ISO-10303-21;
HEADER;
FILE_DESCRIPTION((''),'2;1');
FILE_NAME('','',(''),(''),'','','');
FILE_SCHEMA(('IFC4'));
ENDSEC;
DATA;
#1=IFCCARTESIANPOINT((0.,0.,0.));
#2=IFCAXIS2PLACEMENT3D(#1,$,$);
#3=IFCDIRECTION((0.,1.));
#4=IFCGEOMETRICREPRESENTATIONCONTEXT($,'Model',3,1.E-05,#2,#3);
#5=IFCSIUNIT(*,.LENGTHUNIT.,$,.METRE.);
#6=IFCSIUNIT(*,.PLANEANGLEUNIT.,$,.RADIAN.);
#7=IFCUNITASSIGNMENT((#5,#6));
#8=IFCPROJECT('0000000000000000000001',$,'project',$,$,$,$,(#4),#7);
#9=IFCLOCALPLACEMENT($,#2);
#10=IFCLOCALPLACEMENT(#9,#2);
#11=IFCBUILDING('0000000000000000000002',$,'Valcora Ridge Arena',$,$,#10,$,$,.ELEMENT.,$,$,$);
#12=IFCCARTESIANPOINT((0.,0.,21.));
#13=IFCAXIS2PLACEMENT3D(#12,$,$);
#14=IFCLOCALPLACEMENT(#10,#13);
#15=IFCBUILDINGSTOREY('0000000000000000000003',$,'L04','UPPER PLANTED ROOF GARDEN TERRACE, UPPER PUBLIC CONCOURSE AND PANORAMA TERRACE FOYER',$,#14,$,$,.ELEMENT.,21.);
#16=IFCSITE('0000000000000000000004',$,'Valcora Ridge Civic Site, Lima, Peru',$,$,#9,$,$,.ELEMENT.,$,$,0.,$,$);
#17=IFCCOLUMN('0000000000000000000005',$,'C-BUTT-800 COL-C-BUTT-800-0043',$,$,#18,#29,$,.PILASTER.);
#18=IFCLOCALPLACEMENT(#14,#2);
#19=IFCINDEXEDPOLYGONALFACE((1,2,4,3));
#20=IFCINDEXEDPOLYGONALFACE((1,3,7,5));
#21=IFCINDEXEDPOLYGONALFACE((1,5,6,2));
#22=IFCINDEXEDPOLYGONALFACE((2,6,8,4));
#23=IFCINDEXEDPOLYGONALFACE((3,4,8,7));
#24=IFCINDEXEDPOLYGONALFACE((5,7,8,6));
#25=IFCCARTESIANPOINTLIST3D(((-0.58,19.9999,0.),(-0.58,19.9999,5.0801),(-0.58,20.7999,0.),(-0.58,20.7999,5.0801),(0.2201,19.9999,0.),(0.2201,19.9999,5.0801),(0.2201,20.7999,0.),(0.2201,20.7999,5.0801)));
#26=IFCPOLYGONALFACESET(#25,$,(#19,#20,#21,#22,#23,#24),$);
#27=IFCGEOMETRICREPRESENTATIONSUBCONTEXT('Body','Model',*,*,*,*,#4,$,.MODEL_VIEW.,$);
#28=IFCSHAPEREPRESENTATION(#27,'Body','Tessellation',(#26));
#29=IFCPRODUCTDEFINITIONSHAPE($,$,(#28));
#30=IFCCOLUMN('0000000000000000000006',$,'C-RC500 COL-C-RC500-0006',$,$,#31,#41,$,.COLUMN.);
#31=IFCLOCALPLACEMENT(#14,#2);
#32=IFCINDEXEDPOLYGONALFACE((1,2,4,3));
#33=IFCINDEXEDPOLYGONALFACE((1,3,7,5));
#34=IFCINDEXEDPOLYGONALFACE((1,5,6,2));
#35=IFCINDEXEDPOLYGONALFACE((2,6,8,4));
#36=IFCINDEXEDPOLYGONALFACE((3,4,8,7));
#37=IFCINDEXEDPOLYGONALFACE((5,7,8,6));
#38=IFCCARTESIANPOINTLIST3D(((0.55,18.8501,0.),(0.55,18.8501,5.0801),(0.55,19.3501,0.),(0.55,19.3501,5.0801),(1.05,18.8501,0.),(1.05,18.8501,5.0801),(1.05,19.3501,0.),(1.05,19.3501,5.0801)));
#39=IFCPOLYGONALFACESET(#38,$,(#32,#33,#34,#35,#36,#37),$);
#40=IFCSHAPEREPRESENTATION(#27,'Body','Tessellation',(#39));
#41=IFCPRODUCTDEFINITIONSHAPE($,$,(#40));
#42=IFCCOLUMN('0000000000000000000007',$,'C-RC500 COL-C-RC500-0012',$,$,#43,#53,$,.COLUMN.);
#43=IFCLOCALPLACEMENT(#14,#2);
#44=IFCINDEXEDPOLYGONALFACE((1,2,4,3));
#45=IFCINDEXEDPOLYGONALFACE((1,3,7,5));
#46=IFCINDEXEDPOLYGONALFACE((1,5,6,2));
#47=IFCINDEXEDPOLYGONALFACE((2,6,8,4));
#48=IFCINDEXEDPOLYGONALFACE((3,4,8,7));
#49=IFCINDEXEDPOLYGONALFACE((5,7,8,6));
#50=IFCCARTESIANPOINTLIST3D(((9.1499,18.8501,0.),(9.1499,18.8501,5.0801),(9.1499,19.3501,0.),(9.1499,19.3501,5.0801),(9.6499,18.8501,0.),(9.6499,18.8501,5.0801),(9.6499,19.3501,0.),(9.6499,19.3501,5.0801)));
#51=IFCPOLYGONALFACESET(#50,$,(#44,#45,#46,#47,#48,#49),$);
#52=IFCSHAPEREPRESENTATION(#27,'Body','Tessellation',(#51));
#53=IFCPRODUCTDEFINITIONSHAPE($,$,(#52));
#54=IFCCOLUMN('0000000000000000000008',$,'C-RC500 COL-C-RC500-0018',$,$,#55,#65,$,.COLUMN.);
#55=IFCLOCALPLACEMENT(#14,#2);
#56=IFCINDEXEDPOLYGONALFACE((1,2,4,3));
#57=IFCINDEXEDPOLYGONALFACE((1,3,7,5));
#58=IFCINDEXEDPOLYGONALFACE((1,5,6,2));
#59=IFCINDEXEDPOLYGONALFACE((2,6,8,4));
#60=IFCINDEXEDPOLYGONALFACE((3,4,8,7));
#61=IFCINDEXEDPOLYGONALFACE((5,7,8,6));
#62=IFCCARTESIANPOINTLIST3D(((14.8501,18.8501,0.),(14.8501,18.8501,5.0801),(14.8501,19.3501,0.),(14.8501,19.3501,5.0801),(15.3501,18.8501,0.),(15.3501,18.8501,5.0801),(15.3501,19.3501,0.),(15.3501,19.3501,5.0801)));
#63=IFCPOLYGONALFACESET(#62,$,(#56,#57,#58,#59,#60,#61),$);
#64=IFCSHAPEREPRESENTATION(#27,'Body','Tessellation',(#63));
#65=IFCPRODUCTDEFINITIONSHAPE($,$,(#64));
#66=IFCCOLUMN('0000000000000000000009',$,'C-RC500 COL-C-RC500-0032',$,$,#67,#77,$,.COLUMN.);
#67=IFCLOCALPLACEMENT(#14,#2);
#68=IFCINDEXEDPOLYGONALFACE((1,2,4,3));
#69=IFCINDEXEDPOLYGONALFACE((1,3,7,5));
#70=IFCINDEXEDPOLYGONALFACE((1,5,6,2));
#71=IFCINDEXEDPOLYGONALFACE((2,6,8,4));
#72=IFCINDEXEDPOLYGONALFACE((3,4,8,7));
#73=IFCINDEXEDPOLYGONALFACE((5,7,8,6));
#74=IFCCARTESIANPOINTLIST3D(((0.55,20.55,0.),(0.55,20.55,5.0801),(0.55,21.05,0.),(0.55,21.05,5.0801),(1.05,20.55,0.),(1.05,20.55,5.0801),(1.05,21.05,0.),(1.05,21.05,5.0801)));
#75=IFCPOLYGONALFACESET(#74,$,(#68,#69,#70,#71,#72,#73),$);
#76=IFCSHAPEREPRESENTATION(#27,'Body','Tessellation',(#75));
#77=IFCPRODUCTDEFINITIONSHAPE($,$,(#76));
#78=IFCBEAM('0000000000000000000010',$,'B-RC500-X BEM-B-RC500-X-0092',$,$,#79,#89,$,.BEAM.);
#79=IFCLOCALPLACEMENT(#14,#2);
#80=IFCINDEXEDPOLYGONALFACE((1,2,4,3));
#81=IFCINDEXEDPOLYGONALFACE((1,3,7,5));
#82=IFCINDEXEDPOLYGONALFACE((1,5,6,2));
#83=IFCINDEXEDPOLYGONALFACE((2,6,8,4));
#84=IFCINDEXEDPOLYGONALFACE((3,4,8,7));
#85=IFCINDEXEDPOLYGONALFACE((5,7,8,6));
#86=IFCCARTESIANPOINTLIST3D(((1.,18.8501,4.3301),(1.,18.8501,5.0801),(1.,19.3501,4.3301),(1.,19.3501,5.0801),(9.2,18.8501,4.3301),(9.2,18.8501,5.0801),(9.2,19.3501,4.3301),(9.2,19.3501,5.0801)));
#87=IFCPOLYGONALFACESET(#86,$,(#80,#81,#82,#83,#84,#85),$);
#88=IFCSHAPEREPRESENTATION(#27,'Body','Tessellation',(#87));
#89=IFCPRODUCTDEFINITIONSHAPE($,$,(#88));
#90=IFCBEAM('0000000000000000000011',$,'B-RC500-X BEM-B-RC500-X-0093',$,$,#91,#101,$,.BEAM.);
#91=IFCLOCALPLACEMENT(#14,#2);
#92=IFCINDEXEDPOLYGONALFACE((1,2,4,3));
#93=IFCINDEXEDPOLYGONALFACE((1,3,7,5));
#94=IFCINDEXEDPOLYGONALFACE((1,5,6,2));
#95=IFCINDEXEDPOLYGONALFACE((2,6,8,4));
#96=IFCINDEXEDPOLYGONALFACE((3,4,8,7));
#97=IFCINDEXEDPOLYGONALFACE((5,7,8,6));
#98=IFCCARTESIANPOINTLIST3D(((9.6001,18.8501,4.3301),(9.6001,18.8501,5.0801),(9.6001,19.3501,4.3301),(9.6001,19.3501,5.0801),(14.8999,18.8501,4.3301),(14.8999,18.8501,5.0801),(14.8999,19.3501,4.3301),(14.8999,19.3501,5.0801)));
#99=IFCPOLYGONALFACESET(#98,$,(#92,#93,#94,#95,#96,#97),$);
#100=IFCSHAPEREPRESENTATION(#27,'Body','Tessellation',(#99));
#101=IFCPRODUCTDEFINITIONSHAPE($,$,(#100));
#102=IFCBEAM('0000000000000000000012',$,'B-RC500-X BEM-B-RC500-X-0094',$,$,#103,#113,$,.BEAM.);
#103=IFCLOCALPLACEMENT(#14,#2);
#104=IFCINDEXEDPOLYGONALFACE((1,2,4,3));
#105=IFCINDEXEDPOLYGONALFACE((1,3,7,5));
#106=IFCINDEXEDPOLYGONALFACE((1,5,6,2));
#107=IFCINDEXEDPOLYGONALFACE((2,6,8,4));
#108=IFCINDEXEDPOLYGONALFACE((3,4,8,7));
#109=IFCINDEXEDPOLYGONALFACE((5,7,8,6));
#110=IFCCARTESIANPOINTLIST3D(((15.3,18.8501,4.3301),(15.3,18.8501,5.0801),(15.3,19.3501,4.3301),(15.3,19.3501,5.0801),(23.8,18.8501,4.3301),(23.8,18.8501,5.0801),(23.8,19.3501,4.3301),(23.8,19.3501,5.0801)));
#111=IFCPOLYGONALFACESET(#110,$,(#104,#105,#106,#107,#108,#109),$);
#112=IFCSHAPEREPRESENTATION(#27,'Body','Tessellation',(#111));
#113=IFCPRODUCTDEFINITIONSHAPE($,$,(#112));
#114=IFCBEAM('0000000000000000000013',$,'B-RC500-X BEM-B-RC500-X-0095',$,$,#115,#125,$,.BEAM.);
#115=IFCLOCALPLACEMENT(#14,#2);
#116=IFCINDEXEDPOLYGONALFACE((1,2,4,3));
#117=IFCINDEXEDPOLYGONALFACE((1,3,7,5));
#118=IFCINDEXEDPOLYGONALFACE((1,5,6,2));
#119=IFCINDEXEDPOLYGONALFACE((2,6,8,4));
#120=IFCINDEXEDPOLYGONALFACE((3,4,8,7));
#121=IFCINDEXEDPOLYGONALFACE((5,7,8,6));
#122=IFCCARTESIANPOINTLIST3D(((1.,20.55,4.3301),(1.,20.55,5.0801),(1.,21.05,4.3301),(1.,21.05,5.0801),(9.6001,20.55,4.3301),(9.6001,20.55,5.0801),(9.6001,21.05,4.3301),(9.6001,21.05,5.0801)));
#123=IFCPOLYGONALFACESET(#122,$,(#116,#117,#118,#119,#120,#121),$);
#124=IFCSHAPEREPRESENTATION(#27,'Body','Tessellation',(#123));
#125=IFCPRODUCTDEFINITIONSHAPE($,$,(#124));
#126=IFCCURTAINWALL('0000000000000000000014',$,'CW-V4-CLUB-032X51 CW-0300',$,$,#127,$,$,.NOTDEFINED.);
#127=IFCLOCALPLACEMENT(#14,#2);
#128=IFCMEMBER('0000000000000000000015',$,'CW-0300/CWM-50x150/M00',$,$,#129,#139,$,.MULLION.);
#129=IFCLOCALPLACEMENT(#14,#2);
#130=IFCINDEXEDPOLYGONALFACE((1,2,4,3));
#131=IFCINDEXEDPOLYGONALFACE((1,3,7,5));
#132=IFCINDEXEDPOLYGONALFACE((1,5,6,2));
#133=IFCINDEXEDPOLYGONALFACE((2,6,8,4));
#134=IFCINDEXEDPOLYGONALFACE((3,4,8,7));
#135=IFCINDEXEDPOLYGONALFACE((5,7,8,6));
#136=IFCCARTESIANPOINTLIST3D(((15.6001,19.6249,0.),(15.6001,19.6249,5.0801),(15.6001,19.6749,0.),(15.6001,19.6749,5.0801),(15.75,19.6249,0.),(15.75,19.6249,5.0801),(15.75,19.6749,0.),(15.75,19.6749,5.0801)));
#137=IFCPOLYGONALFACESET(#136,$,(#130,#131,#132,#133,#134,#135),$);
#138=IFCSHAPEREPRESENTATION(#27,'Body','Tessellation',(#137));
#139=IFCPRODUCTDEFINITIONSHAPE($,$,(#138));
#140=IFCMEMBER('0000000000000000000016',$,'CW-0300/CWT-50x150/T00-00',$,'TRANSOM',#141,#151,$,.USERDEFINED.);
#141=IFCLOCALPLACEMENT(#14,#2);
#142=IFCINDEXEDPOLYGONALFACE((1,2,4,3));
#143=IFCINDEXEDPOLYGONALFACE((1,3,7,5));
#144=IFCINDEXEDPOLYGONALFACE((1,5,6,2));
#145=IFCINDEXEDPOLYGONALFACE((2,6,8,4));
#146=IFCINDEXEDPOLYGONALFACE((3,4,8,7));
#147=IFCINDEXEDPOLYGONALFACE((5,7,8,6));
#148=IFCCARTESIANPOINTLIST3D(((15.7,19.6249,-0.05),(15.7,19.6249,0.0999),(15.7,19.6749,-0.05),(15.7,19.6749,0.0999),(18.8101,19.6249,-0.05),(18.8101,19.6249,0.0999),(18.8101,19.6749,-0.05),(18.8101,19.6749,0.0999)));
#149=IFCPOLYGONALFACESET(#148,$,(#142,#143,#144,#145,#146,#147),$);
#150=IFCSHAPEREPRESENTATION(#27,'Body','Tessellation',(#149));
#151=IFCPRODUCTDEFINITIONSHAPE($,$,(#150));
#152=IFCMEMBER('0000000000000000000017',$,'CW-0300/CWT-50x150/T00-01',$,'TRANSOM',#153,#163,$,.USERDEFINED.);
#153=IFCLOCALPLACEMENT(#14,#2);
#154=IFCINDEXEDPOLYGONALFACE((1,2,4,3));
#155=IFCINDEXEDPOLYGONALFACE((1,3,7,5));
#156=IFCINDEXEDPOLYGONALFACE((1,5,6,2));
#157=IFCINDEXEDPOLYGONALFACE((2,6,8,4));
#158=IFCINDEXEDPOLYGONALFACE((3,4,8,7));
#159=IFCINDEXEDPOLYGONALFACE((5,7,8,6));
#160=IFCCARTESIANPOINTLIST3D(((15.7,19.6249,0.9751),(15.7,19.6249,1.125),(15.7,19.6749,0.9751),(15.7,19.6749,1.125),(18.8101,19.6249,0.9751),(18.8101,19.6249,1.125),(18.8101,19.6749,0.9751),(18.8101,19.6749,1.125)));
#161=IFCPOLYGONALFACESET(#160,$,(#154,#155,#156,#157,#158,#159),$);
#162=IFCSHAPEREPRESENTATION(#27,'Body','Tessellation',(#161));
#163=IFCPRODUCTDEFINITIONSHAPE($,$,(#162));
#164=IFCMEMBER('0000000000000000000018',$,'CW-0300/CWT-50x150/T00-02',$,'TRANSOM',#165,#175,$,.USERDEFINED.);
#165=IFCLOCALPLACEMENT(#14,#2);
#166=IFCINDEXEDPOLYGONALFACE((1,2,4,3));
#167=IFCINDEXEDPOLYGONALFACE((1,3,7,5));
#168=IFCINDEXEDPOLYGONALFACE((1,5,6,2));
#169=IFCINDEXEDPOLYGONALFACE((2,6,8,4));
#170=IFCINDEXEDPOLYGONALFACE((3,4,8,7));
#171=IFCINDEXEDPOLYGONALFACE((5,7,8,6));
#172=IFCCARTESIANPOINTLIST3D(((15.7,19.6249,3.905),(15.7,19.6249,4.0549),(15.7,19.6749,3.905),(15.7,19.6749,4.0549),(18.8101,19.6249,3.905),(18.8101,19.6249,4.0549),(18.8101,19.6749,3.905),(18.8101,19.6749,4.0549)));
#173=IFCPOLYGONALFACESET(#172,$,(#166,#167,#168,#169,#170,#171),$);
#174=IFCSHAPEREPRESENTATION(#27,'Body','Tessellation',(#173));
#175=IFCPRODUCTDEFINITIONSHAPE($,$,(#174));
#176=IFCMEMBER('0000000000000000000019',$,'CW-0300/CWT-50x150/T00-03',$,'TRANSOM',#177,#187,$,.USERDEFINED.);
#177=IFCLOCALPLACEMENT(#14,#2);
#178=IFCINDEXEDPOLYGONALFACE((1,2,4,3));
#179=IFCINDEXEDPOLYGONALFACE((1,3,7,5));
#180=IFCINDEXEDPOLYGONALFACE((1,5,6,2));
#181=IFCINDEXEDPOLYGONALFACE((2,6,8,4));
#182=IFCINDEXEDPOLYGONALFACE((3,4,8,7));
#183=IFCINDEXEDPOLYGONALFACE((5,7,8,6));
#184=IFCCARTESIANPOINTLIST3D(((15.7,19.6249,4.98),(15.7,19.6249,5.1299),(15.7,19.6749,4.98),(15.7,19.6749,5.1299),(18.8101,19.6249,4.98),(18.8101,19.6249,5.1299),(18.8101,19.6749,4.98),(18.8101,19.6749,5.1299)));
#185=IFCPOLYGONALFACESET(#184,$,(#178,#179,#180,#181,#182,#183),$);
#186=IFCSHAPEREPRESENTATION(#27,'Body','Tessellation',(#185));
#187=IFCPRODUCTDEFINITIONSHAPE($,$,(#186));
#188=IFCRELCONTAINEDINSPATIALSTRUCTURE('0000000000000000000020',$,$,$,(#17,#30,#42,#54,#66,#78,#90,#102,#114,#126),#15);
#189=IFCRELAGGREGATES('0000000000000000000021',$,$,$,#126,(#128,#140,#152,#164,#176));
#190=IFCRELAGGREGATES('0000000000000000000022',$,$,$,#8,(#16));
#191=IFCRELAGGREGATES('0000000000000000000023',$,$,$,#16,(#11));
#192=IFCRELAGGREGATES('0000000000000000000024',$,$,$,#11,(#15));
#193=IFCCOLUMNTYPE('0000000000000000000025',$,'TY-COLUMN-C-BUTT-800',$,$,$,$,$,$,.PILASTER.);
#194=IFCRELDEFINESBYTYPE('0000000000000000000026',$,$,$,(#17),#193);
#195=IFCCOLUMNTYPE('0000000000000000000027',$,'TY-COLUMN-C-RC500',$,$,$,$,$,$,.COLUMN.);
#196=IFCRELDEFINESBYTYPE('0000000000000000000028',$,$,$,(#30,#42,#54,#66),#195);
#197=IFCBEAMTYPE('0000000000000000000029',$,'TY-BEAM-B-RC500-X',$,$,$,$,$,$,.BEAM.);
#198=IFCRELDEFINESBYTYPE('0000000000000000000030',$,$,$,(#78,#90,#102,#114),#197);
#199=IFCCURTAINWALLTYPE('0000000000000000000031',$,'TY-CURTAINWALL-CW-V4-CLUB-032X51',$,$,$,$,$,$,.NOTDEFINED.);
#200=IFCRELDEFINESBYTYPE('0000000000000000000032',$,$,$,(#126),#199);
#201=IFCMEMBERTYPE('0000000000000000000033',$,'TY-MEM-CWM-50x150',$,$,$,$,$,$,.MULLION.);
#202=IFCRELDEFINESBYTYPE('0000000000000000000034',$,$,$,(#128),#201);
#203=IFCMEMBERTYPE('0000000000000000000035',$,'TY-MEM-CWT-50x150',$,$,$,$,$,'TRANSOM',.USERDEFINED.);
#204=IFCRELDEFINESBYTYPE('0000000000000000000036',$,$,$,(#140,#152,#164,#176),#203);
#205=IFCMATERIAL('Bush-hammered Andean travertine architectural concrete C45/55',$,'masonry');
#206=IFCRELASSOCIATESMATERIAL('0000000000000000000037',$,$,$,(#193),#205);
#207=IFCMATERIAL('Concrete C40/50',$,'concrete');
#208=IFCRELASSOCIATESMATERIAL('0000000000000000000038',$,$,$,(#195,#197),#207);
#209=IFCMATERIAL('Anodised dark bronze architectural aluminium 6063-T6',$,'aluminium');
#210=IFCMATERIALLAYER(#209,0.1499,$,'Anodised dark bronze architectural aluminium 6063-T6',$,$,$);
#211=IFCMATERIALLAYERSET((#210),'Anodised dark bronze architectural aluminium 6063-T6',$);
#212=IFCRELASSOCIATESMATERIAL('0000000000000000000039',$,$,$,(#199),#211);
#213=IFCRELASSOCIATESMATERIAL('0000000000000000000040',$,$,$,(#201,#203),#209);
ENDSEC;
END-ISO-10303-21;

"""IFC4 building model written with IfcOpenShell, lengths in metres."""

from ifc_helpers import new_model, si_unit, direction, frame, origin, origin_2d, place, context, subcontext, project, spatial, rectangle, extrude, material, layer, layer_set, material_profile, profile_set, type_object, element, aggregate, save


model = new_model("IFC4")

# Units and contexts
model_context = context("Model", 3, precision=1e-05, world=origin(), true_north=direction((0.0, 1.0)))
body_context = subcontext(model_context, "Body", "Model", "MODEL_VIEW")
ifc_project = project(units=[si_unit("LENGTHUNIT", "METRE"), si_unit("PLANEANGLEUNIT", "RADIAN")], contexts=[model_context])

# Site, building, storey
site_placement = place(None, origin())
site = spatial("IfcSite", under=ifc_project, at=site_placement, Name="Valcora Ridge Civic Site, Lima, Peru", CompositionType="ELEMENT", RefElevation=0.0)
building_placement = place(site_placement, origin())
building = spatial("IfcBuilding", under=site, at=building_placement, Name="Valcora Ridge Arena", CompositionType="ELEMENT")
storey_placement = place(building_placement, frame((0.0, 0.0, 21.0)))
storey = spatial("IfcBuildingStorey", under=building, at=storey_placement, Name="L04", Description="UPPER PLANTED ROOF GARDEN TERRACE, UPPER PUBLIC CONCOURSE AND PANORAMA TERRACE FOYER", CompositionType="ELEMENT", Elevation=21.0)

# Columns
ifc_material_1 = material(Name="Bush-hammered Andean travertine architectural concrete C45/55", Category="masonry")
ifc_material_profile_1 = material_profile(ifc_material_1, rectangle(XDim=0.8, YDim=0.8, at=origin_2d()), Name="RC 800x800")
ifc_profile_set_1 = profile_set([ifc_material_profile_1], Name="Bush-hammered Andean travertine architectural concrete C45/55")
column_type_1 = type_object("IfcColumnType", Name="TY-COLUMN-C-BUTT-800", PredefinedType="PILASTER", material=ifc_profile_set_1)
column_placement = place(storey_placement, frame((-0.1799, 20.3999, 0.0), z_axis=(0.0, 0.0, 1.0), x_axis=(1.0, 0.0, 0.0)))
element("IfcColumn", 1, at=column_placement, inside=storey, type_object=column_type_1, Name="C-BUTT-800 COL-C-BUTT-800-0043", PredefinedType="PILASTER", context=body_context, shape_type="SweptSolid", body=[
    extrude(rectangle(XDim=0.8, YDim=0.8, at=origin_2d()), origin(), (0.0, 0.0, 1.0), 5.0801),
])
ifc_material_2 = material(Name="Concrete C40/50", Category="concrete")
ifc_material_profile_2 = material_profile(ifc_material_2, rectangle(XDim=0.5, YDim=0.5, at=origin_2d()), Name="RC 500x500")
ifc_profile_set_2 = profile_set([ifc_material_profile_2], Name="Concrete C40/50")
column_type_2 = type_object("IfcColumnType", Name="TY-COLUMN-C-RC500", PredefinedType="COLUMN", material=ifc_profile_set_2)
for number, where, z_axis, x_axis, name in (
    (2, (0.8, 19.1001, 0.0), (0.0, 0.0, 1.0), (1.0, 0.0, 0.0), "C-RC500 COL-C-RC500-0006"),
    (3, (9.3999, 19.1001, 0.0), (0.0, 0.0, 1.0), (1.0, 0.0, 0.0), "C-RC500 COL-C-RC500-0012"),
    (4, (15.1001, 19.1001, 0.0), (0.0, 0.0, 1.0), (1.0, 0.0, 0.0), "C-RC500 COL-C-RC500-0018"),
    (5, (0.8, 20.8, 0.0), (0.0, 0.0, 1.0), (1.0, 0.0, 0.0), "C-RC500 COL-C-RC500-0032"),
):
    element("IfcColumn", number, at=place(storey_placement, frame(where, z_axis=z_axis, x_axis=x_axis)), inside=storey, type_object=column_type_2, Name=name, PredefinedType="COLUMN", context=body_context, shape_type="SweptSolid", body=[
        extrude(rectangle(XDim=0.5, YDim=0.5, at=origin_2d()), origin(), (0.0, 0.0, 1.0), 5.0801),
    ])

# Beams
ifc_material_profile_3 = material_profile(ifc_material_2, rectangle(XDim=0.5, YDim=0.75, at=origin_2d()), Name="RC 500x750")
ifc_profile_set_3 = profile_set([ifc_material_profile_3], Name="Concrete C40/50")
beam_type = type_object("IfcBeamType", Name="TY-BEAM-B-RC500-X", PredefinedType="BEAM", material=ifc_profile_set_3)
beam_1_placement = place(storey_placement, frame((1.0, 19.1001, 4.7051), z_axis=(1.0, 0.0, 0.0), x_axis=(0.0, 1.0, 0.0)))
element("IfcBeam", 6, at=beam_1_placement, inside=storey, type_object=beam_type, Name="B-RC500-X BEM-B-RC500-X-0092", PredefinedType="BEAM", context=body_context, shape_type="SweptSolid", body=[
    extrude(rectangle(XDim=0.5, YDim=0.75, at=origin_2d()), origin(), (0.0, 0.0, 1.0), 8.2),
])
beam_2_placement = place(storey_placement, frame((9.6001, 19.1001, 4.7051), z_axis=(1.0, 0.0, 0.0), x_axis=(0.0, 1.0, 0.0)))
element("IfcBeam", 7, at=beam_2_placement, inside=storey, type_object=beam_type, Name="B-RC500-X BEM-B-RC500-X-0093", PredefinedType="BEAM", context=body_context, shape_type="SweptSolid", body=[
    extrude(rectangle(XDim=0.5, YDim=0.75, at=origin_2d()), origin(), (0.0, 0.0, 1.0), 5.2998),
])
beam_3_placement = place(storey_placement, frame((15.3, 19.1001, 4.7051), z_axis=(1.0, 0.0, 0.0), x_axis=(0.0, 1.0, 0.0)))
element("IfcBeam", 8, at=beam_3_placement, inside=storey, type_object=beam_type, Name="B-RC500-X BEM-B-RC500-X-0094", PredefinedType="BEAM", context=body_context, shape_type="SweptSolid", body=[
    extrude(rectangle(XDim=0.5, YDim=0.75, at=origin_2d()), origin(), (0.0, 0.0, 1.0), 8.5),
])
beam_4_placement = place(storey_placement, frame((1.0, 20.8, 4.7051), z_axis=(1.0, 0.0, 0.0), x_axis=(0.0, 1.0, 0.0)))
element("IfcBeam", 9, at=beam_4_placement, inside=storey, type_object=beam_type, Name="B-RC500-X BEM-B-RC500-X-0095", PredefinedType="BEAM", context=body_context, shape_type="SweptSolid", body=[
    extrude(rectangle(XDim=0.5, YDim=0.75, at=origin_2d()), origin(), (0.0, 0.0, 1.0), 8.6001),
])

# Curtain wall, members
ifc_material_3 = material(Name="Anodised dark bronze architectural aluminium 6063-T6", Category="aluminium")
ifc_layer_1 = layer(ifc_material_3, 0.1499, Name="Anodised dark bronze architectural aluminium 6063-T6")
ifc_layer_set_1 = layer_set([ifc_layer_1], Name="Anodised dark bronze architectural aluminium 6063-T6")
curtain_wall_type = type_object("IfcCurtainWallType", Name="TY-CURTAINWALL-CW-V4-CLUB-032X51", PredefinedType="NOTDEFINED", material=ifc_layer_set_1)
curtain_wall_placement = place(storey_placement, origin())
curtain_wall = element("IfcCurtainWall", 10, at=curtain_wall_placement, inside=storey, type_object=curtain_wall_type, Name="CW-V4-CLUB-032X51 CW-0300", PredefinedType="NOTDEFINED")
ifc_material_profile_4 = material_profile(ifc_material_3, rectangle(XDim=0.05, YDim=0.1499, at=origin_2d()), Name="ALU MULLION 50x150")
ifc_profile_set_4 = profile_set([ifc_material_profile_4], Name="Anodised dark bronze architectural aluminium 6063-T6")
member_type_1 = type_object("IfcMemberType", Name="TY-MEM-CWM-50x150", PredefinedType="MULLION", material=ifc_profile_set_4)
member_1_placement = place(storey_placement, frame((15.675, 19.6499, 0.0), z_axis=(0.0, 0.0, 1.0), x_axis=(0.0, 1.0, 0.0)))
member_1 = element("IfcMember", 11, at=member_1_placement, type_object=member_type_1, Name="CW-0300/CWM-50x150/M00", PredefinedType="MULLION", context=body_context, shape_type="SweptSolid", body=[
    extrude(rectangle(XDim=0.05, YDim=0.1499, at=origin_2d()), origin(), (0.0, 0.0, 1.0), 5.0801),
])
ifc_material_profile_5 = material_profile(ifc_material_3, rectangle(XDim=0.05, YDim=0.1499, at=origin_2d()), Name="ALU TRANSOM 50x150")
ifc_profile_set_5 = profile_set([ifc_material_profile_5], Name="Anodised dark bronze architectural aluminium 6063-T6")
member_type_2 = type_object("IfcMemberType", Name="TY-MEM-CWT-50x150", ElementType="TRANSOM", PredefinedType="USERDEFINED", material=ifc_profile_set_5)
member_2_placement = place(storey_placement, frame((15.7, 19.6499, 0.0249), z_axis=(1.0, 0.0, 0.0), x_axis=(0.0, 1.0, 0.0)))
member_2 = element("IfcMember", 12, at=member_2_placement, type_object=member_type_2, Name="CW-0300/CWT-50x150/T00-00", ObjectType="TRANSOM", PredefinedType="USERDEFINED", context=body_context, shape_type="SweptSolid", body=[
    extrude(rectangle(XDim=0.05, YDim=0.1499, at=origin_2d()), origin(), (0.0, 0.0, 1.0), 3.1101),
])
member_3_placement = place(storey_placement, frame((15.7, 19.6499, 1.05), z_axis=(1.0, 0.0, 0.0), x_axis=(0.0, 1.0, 0.0)))
member_3 = element("IfcMember", 13, at=member_3_placement, type_object=member_type_2, Name="CW-0300/CWT-50x150/T00-01", ObjectType="TRANSOM", PredefinedType="USERDEFINED", context=body_context, shape_type="SweptSolid", body=[
    extrude(rectangle(XDim=0.05, YDim=0.1499, at=origin_2d()), origin(), (0.0, 0.0, 1.0), 3.1101),
])
member_4_placement = place(storey_placement, frame((15.7, 19.6499, 3.98), z_axis=(1.0, 0.0, 0.0), x_axis=(0.0, 1.0, 0.0)))
member_4 = element("IfcMember", 14, at=member_4_placement, type_object=member_type_2, Name="CW-0300/CWT-50x150/T00-02", ObjectType="TRANSOM", PredefinedType="USERDEFINED", context=body_context, shape_type="SweptSolid", body=[
    extrude(rectangle(XDim=0.05, YDim=0.1499, at=origin_2d()), origin(), (0.0, 0.0, 1.0), 3.1101),
])
member_5_placement = place(storey_placement, frame((15.7, 19.6499, 5.0549), z_axis=(1.0, 0.0, 0.0), x_axis=(0.0, 1.0, 0.0)))
member_5 = element("IfcMember", 15, at=member_5_placement, type_object=member_type_2, Name="CW-0300/CWT-50x150/T00-03", ObjectType="TRANSOM", PredefinedType="USERDEFINED", context=body_context, shape_type="SweptSolid", body=[
    extrude(rectangle(XDim=0.05, YDim=0.1499, at=origin_2d()), origin(), (0.0, 0.0, 1.0), 3.1101),
])
aggregate(curtain_wall, [member_1, member_2, member_3, member_4, member_5])

save(model, "model.ifc")
